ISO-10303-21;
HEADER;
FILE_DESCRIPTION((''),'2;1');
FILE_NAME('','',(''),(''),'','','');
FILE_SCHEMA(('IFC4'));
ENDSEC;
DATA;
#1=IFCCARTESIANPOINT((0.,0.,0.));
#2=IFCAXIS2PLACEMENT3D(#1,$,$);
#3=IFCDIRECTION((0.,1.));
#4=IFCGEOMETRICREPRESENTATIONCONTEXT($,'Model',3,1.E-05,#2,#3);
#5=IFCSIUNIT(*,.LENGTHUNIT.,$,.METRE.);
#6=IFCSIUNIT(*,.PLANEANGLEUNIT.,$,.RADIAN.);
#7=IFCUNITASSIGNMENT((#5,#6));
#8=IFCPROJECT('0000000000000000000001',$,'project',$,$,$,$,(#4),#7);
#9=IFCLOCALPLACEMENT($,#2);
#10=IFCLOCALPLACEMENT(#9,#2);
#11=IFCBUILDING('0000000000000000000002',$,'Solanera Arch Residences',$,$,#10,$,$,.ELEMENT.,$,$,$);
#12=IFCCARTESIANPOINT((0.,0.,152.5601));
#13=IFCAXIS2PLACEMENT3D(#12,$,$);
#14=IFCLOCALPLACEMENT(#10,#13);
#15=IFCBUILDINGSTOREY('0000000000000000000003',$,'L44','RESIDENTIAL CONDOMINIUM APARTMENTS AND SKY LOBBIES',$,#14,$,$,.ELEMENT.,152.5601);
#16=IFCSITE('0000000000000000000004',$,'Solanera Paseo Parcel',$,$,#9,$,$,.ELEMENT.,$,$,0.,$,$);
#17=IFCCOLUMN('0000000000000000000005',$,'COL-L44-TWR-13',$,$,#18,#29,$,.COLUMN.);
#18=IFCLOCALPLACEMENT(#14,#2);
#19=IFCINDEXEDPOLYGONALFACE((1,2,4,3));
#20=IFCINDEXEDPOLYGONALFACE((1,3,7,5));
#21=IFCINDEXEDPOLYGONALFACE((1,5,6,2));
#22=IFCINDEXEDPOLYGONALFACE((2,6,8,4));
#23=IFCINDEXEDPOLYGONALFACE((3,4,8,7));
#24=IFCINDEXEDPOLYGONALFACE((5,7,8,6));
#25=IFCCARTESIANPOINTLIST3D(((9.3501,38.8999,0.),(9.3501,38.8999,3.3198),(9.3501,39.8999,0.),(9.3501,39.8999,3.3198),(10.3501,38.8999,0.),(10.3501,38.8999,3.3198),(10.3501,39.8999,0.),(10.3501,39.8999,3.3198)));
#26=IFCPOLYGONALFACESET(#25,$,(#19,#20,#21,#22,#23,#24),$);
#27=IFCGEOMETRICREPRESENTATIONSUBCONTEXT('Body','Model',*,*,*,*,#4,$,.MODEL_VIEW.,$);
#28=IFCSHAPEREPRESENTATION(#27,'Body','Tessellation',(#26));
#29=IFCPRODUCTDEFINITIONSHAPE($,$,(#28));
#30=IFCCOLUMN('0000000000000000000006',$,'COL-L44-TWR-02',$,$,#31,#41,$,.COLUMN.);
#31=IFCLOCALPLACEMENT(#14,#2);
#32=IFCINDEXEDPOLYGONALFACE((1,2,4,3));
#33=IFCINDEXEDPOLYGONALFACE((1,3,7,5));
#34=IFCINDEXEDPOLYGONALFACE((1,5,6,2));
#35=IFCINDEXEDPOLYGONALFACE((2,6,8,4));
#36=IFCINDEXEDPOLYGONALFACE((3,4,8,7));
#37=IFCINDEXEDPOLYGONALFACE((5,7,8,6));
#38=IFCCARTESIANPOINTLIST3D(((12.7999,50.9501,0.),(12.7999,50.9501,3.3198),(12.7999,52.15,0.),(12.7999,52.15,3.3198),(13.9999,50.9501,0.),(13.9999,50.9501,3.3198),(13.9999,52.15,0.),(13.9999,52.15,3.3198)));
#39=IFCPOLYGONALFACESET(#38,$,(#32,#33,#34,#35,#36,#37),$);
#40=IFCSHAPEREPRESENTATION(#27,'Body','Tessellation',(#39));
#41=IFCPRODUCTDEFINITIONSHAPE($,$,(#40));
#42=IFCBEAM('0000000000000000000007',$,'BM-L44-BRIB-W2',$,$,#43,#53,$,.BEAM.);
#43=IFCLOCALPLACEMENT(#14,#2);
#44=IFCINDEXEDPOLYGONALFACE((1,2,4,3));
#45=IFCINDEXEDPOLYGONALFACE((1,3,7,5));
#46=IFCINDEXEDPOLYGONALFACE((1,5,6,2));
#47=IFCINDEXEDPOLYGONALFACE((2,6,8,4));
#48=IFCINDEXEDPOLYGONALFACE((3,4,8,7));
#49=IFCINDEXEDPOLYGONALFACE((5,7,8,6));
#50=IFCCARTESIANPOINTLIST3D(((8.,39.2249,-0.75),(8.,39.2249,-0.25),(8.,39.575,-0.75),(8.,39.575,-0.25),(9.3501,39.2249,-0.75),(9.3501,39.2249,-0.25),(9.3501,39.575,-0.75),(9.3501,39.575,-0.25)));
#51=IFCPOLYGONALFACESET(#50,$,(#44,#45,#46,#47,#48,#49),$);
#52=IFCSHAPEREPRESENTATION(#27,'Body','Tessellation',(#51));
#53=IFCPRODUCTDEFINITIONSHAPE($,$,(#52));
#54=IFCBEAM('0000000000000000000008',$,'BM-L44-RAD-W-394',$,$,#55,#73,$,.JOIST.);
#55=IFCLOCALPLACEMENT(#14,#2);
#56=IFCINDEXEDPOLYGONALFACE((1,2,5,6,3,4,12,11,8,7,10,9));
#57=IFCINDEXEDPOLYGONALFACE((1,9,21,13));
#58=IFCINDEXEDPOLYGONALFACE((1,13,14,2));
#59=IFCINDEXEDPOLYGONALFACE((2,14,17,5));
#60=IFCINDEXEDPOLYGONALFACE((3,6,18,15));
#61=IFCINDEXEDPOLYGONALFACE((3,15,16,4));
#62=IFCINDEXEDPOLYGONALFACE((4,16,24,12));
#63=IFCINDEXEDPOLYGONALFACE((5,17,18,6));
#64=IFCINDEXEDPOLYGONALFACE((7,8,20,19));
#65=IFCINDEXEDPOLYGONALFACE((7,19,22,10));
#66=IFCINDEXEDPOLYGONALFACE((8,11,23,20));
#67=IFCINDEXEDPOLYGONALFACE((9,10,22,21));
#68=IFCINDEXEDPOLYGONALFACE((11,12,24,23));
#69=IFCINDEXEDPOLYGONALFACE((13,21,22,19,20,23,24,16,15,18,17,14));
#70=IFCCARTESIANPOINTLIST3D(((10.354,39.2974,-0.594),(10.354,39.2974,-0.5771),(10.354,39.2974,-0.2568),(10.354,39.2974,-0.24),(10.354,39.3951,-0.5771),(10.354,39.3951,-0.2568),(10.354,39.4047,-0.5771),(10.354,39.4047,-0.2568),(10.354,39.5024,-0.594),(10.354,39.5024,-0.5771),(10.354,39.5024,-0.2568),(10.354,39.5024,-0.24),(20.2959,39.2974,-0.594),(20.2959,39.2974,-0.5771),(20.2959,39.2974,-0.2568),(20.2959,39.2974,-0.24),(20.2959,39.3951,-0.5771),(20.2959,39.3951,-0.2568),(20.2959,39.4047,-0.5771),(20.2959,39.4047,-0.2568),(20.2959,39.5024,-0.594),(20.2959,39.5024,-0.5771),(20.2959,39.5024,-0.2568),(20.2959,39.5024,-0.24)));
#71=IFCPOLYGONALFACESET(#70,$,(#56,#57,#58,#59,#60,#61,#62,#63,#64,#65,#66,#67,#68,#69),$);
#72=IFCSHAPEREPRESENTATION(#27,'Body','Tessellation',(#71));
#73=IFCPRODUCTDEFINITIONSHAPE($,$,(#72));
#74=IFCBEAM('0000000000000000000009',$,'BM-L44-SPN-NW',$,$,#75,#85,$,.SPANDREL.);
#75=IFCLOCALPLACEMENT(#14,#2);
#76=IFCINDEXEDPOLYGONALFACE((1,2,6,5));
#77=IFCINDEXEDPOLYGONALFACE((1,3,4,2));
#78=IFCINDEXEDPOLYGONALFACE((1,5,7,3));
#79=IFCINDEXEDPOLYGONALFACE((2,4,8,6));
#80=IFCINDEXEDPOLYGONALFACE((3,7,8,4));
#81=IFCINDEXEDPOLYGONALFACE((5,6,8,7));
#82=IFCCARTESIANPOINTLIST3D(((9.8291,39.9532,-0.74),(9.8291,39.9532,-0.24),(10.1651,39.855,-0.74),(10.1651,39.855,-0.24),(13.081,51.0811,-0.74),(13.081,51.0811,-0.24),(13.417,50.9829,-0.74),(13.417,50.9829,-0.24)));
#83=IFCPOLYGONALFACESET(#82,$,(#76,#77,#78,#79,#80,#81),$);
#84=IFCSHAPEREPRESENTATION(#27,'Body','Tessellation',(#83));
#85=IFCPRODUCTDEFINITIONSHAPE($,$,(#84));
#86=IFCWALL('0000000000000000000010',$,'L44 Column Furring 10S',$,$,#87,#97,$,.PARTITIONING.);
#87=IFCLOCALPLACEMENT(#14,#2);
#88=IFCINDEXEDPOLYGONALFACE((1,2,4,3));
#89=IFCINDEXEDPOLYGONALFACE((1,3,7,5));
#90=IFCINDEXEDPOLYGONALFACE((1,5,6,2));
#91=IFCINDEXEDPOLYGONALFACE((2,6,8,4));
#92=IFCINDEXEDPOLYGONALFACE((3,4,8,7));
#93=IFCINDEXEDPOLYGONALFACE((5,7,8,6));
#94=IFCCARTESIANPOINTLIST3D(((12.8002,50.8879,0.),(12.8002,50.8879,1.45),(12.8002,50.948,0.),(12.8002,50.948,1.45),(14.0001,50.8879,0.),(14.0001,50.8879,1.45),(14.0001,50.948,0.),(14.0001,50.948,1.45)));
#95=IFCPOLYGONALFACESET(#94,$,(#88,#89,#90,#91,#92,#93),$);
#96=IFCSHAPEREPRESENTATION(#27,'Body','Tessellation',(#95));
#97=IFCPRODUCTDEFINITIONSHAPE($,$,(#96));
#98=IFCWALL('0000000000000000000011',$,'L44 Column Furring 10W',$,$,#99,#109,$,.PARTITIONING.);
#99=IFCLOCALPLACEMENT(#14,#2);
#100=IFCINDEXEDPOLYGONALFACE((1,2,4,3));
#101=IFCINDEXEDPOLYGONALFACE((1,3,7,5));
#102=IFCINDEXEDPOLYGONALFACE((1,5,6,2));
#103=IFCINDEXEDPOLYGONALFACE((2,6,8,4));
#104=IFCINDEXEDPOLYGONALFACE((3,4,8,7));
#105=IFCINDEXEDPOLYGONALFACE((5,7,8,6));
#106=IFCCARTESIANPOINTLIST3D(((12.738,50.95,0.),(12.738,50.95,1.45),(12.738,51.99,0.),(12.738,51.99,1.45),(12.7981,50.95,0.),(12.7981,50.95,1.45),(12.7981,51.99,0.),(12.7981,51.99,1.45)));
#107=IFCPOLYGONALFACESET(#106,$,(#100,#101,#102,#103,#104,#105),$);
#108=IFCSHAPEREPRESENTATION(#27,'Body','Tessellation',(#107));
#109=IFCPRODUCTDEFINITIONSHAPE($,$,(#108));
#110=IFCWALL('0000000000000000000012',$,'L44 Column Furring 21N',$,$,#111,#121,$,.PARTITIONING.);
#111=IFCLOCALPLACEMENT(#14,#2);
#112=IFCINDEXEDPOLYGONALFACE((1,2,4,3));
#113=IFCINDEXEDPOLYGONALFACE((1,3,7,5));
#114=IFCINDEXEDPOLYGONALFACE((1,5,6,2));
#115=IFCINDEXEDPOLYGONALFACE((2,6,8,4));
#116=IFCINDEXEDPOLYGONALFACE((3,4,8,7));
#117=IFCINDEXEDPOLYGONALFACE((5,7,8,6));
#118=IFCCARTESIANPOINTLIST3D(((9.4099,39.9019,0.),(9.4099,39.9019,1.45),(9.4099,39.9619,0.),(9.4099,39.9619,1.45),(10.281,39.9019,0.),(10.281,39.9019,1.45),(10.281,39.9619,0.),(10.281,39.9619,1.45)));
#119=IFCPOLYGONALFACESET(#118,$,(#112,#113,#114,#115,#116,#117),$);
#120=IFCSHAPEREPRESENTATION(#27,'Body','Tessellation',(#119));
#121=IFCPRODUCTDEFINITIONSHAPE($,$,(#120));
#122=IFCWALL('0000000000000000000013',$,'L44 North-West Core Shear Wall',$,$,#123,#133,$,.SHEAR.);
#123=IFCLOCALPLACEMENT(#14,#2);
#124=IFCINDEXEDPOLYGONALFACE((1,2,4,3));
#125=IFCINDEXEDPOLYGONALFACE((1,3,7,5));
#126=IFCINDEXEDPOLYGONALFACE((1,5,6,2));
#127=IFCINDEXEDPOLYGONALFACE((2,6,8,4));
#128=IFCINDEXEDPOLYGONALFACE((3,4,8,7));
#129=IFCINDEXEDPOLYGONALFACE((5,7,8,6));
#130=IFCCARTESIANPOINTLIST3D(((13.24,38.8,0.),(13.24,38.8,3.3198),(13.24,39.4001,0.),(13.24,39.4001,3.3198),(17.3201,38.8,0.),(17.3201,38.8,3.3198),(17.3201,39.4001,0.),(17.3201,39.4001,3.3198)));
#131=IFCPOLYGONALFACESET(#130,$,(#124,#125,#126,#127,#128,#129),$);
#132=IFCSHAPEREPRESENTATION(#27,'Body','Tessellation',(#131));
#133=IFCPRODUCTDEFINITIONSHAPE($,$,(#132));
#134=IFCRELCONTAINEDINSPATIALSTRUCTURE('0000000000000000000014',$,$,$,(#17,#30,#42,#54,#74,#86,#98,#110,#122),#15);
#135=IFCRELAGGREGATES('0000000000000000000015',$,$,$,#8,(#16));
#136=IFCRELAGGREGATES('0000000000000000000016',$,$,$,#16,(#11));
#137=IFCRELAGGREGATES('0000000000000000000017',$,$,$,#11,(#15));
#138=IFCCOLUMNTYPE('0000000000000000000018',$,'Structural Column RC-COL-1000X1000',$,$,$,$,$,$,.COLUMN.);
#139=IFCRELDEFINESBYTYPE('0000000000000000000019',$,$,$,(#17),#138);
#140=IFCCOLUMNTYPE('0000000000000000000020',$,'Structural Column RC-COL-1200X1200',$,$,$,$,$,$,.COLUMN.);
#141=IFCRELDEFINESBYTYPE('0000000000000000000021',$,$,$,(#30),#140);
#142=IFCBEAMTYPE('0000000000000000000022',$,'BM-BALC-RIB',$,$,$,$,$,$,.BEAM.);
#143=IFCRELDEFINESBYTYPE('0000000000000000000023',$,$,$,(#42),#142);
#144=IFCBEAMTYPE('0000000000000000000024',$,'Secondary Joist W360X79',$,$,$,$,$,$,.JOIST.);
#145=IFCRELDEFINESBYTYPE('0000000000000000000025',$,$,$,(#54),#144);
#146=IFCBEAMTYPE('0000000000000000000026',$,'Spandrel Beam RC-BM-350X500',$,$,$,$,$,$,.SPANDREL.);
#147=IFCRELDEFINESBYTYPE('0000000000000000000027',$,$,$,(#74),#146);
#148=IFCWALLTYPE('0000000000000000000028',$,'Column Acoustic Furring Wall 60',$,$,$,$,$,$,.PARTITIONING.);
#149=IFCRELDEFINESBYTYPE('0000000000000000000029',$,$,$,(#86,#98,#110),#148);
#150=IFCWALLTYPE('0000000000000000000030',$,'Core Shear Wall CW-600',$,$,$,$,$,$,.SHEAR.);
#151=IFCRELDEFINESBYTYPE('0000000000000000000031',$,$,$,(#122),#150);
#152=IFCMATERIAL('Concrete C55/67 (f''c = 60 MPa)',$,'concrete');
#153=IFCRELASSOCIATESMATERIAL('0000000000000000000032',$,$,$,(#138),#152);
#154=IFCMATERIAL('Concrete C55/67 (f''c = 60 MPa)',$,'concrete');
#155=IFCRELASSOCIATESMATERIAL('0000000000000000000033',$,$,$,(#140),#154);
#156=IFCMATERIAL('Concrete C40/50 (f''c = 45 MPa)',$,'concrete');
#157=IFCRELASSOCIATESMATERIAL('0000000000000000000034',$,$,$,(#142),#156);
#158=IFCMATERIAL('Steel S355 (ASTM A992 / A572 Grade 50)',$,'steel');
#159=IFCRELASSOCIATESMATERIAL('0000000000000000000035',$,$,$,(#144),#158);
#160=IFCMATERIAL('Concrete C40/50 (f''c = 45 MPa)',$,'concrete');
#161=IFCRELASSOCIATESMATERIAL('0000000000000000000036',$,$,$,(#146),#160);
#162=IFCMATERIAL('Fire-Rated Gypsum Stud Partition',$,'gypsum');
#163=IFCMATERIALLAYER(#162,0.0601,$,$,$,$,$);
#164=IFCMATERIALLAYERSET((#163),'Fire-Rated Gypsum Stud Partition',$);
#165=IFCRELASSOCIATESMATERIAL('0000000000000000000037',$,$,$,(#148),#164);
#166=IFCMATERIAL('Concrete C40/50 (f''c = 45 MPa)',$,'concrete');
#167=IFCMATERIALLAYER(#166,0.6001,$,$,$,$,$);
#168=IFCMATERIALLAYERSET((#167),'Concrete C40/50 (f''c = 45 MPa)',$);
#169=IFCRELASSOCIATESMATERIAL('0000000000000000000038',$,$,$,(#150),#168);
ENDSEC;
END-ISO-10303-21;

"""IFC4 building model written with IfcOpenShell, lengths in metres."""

from ifc_helpers import new_model, si_unit, direction, frame, frame_2d, origin, origin_2d, place, context, subcontext, project, spatial, rectangle, i_section, extrude, material, layer, layer_set, material_profile, profile_set, type_object, element, save


model = new_model("IFC4")

# Units and contexts
model_context = context("Model", 3, precision=1e-05, world=origin(), true_north=direction((0.0, 1.0)))
body_context = subcontext(model_context, "Body", "Model", "MODEL_VIEW")
ifc_project = project(units=[si_unit("LENGTHUNIT", "METRE"), si_unit("PLANEANGLEUNIT", "RADIAN")], contexts=[model_context])

# Site, building, storey
site_placement = place(None, origin())
site = spatial("IfcSite", under=ifc_project, at=site_placement, Name="Solanera Paseo Parcel", CompositionType="ELEMENT", RefElevation=0.0)
building_placement = place(site_placement, origin())
building = spatial("IfcBuilding", under=site, at=building_placement, Name="Solanera Arch Residences", CompositionType="ELEMENT")
storey_placement = place(building_placement, frame((0.0, 0.0, 152.5601)))
storey = spatial("IfcBuildingStorey", under=building, at=storey_placement, Name="L44", Description="RESIDENTIAL CONDOMINIUM APARTMENTS AND SKY LOBBIES", CompositionType="ELEMENT", Elevation=152.5601)

# Columns
ifc_material_1 = material(Name="Concrete C55/67 (f'c = 60 MPa)", Category="concrete")
ifc_material_profile_1 = material_profile(ifc_material_1, rectangle(XDim=1.0, YDim=1.0, at=origin_2d()))
ifc_profile_set_1 = profile_set([ifc_material_profile_1], Name="Concrete C55/67 (f'c = 60 MPa)")
column_type_1 = type_object("IfcColumnType", Name="Structural Column RC-COL-1000X1000", PredefinedType="COLUMN", material=ifc_profile_set_1)
column_1_placement = place(storey_placement, frame((9.8501, 39.3999, 0.0), z_axis=(0.0, 0.0, 1.0), x_axis=(1.0, 0.0, 0.0)))
element("IfcColumn", 1, at=column_1_placement, inside=storey, type_object=column_type_1, Name="COL-L44-TWR-13", PredefinedType="COLUMN", context=body_context, shape_type="SweptSolid", body=[
    extrude(rectangle(XDim=1.0, YDim=1.0, at=origin_2d()), origin(), (0.0, 0.0, 1.0), 3.3198),
])
ifc_material_2 = material(Name="Concrete C55/67 (f'c = 60 MPa)", Category="concrete")
ifc_material_profile_2 = material_profile(ifc_material_2, rectangle(XDim=1.2, YDim=1.2, at=origin_2d()))
ifc_profile_set_2 = profile_set([ifc_material_profile_2], Name="Concrete C55/67 (f'c = 60 MPa)")
column_type_2 = type_object("IfcColumnType", Name="Structural Column RC-COL-1200X1200", PredefinedType="COLUMN", material=ifc_profile_set_2)
column_2_placement = place(storey_placement, frame((13.3999, 51.55, 0.0), z_axis=(0.0, 0.0, 1.0), x_axis=(1.0, 0.0, 0.0)))
element("IfcColumn", 2, at=column_2_placement, inside=storey, type_object=column_type_2, Name="COL-L44-TWR-02", PredefinedType="COLUMN", context=body_context, shape_type="SweptSolid", body=[
    extrude(rectangle(XDim=1.2, YDim=1.2, at=origin_2d()), origin(), (0.0, 0.0, 1.0), 3.3198),
])

# Beams
ifc_material_3 = material(Name="Concrete C40/50 (f'c = 45 MPa)", Category="concrete")
ifc_material_profile_3 = material_profile(ifc_material_3, rectangle(XDim=0.3501, YDim=0.5, at=origin_2d()))
ifc_profile_set_3 = profile_set([ifc_material_profile_3], Name="Concrete C40/50 (f'c = 45 MPa)")
beam_type_1 = type_object("IfcBeamType", Name="BM-BALC-RIB", PredefinedType="BEAM", material=ifc_profile_set_3)
beam_1_placement = place(storey_placement, frame((8.0, 39.3999, -0.5), z_axis=(1.0, 0.0, 0.0), x_axis=(0.0, 1.0, 0.0)))
element("IfcBeam", 3, at=beam_1_placement, inside=storey, type_object=beam_type_1, Name="BM-L44-BRIB-W2", PredefinedType="BEAM", context=body_context, shape_type="SweptSolid", body=[
    extrude(rectangle(XDim=0.3501, YDim=0.5, at=origin_2d()), origin(), (0.0, 0.0, 1.0), 1.3501),
])
ifc_material_4 = material(Name="Steel S355 (ASTM A992 / A572 Grade 50)", Category="steel")
ifc_material_profile_4 = material_profile(ifc_material_4, i_section(OverallWidth=0.2051, OverallDepth=0.354, WebThickness=0.0095, FlangeThickness=0.0168, at=origin_2d()))
ifc_profile_set_4 = profile_set([ifc_material_profile_4], Name="Steel S355 (ASTM A992 / A572 Grade 50)")
beam_type_2 = type_object("IfcBeamType", Name="Secondary Joist W360X79", PredefinedType="JOIST", material=ifc_profile_set_4)
beam_2_placement = place(storey_placement, frame((10.354, 39.3999, -0.417), z_axis=(1.0, 0.0, 0.0), x_axis=(0.0, 1.0, 0.0)))
element("IfcBeam", 4, at=beam_2_placement, inside=storey, type_object=beam_type_2, Name="BM-L44-RAD-W-394", PredefinedType="JOIST", context=body_context, shape_type="SweptSolid", body=[
    extrude(i_section(OverallWidth=0.2051, OverallDepth=0.354, WebThickness=0.0095, FlangeThickness=0.0168, at=origin_2d()), origin(), (0.0, 0.0, 1.0), 9.9419),
])
ifc_material_5 = material(Name="Concrete C40/50 (f'c = 45 MPa)", Category="concrete")
ifc_material_profile_5 = material_profile(ifc_material_5, rectangle(XDim=0.3501, YDim=0.5, at=origin_2d()))
ifc_profile_set_5 = profile_set([ifc_material_profile_5], Name="Concrete C40/50 (f'c = 45 MPa)")
beam_type_3 = type_object("IfcBeamType", Name="Spandrel Beam RC-BM-350X500", PredefinedType="SPANDREL", material=ifc_profile_set_5)
beam_3_placement = place(storey_placement, frame((13.249, 51.032, -0.49), z_axis=(-0.280501, -0.959854, 0.0), x_axis=(0.959854, -0.280501, 0.0)))
element("IfcBeam", 5, at=beam_3_placement, inside=storey, type_object=beam_type_3, Name="BM-L44-SPN-NW", PredefinedType="SPANDREL", context=body_context, shape_type="SweptSolid", body=[
    extrude(rectangle(XDim=0.3501, YDim=0.5, at=origin_2d()), origin(), (0.0, 0.0, 1.0), 11.5933),
])

# Walls
ifc_material_6 = material(Name="Fire-Rated Gypsum Stud Partition", Category="gypsum")
ifc_layer_1 = layer(ifc_material_6, 0.0601)
ifc_layer_set_1 = layer_set([ifc_layer_1], Name="Fire-Rated Gypsum Stud Partition")
wall_type_1 = type_object("IfcWallType", Name="Column Acoustic Furring Wall 60", PredefinedType="PARTITIONING", material=ifc_layer_set_1)
wall_1_placement = place(storey_placement, frame((12.8, 50.918, 0.0), z_axis=(0.0, 0.0, 1.0), x_axis=(1.0, 0.0, 0.0)))
element("IfcWall", 6, at=wall_1_placement, inside=storey, type_object=wall_type_1, Name="L44 Column Furring 10S", PredefinedType="PARTITIONING", context=body_context, shape_type="SweptSolid", body=[
    extrude(rectangle(XDim=1.2, YDim=0.0601, at=frame_2d((0.6001, 0.0))), origin(), (0.0, 0.0, 1.0), 1.45),
])
wall_2_placement = place(storey_placement, frame((12.7681, 50.95, 0.0), z_axis=(0.0, 0.0, 1.0), x_axis=(0.0, 1.0, 0.0)))
element("IfcWall", 7, at=wall_2_placement, inside=storey, type_object=wall_type_1, Name="L44 Column Furring 10W", PredefinedType="PARTITIONING", context=body_context, shape_type="SweptSolid", body=[
    extrude(rectangle(XDim=1.04, YDim=0.0601, at=frame_2d((0.52, 0.0))), origin(), (0.0, 0.0, 1.0), 1.45),
])
wall_3_placement = place(storey_placement, frame((9.4099, 39.9319, 0.0), z_axis=(0.0, 0.0, 1.0), x_axis=(1.0, 0.0, 0.0)))
element("IfcWall", 8, at=wall_3_placement, inside=storey, type_object=wall_type_1, Name="L44 Column Furring 21N", PredefinedType="PARTITIONING", context=body_context, shape_type="SweptSolid", body=[
    extrude(rectangle(XDim=0.8711, YDim=0.0601, at=frame_2d((0.4355, 0.0))), origin(), (0.0, 0.0, 1.0), 1.45),
])
ifc_material_7 = material(Name="Concrete C40/50 (f'c = 45 MPa)", Category="concrete")
ifc_layer_2 = layer(ifc_material_7, 0.6001)
ifc_layer_set_2 = layer_set([ifc_layer_2], Name="Concrete C40/50 (f'c = 45 MPa)")
wall_type_2 = type_object("IfcWallType", Name="Core Shear Wall CW-600", PredefinedType="SHEAR", material=ifc_layer_set_2)
wall_4_placement = place(storey_placement, frame((13.24, 39.1001, 0.0), z_axis=(0.0, 0.0, 1.0), x_axis=(1.0, 0.0, 0.0)))
element("IfcWall", 9, at=wall_4_placement, inside=storey, type_object=wall_type_2, Name="L44 North-West Core Shear Wall", PredefinedType="SHEAR", context=body_context, shape_type="SweptSolid", body=[
    extrude(rectangle(XDim=4.0801, YDim=0.6001, at=frame_2d((2.04, 0.0))), origin(), (0.0, 0.0, 1.0), 3.3198),
])

save(model, "model.ifc")
